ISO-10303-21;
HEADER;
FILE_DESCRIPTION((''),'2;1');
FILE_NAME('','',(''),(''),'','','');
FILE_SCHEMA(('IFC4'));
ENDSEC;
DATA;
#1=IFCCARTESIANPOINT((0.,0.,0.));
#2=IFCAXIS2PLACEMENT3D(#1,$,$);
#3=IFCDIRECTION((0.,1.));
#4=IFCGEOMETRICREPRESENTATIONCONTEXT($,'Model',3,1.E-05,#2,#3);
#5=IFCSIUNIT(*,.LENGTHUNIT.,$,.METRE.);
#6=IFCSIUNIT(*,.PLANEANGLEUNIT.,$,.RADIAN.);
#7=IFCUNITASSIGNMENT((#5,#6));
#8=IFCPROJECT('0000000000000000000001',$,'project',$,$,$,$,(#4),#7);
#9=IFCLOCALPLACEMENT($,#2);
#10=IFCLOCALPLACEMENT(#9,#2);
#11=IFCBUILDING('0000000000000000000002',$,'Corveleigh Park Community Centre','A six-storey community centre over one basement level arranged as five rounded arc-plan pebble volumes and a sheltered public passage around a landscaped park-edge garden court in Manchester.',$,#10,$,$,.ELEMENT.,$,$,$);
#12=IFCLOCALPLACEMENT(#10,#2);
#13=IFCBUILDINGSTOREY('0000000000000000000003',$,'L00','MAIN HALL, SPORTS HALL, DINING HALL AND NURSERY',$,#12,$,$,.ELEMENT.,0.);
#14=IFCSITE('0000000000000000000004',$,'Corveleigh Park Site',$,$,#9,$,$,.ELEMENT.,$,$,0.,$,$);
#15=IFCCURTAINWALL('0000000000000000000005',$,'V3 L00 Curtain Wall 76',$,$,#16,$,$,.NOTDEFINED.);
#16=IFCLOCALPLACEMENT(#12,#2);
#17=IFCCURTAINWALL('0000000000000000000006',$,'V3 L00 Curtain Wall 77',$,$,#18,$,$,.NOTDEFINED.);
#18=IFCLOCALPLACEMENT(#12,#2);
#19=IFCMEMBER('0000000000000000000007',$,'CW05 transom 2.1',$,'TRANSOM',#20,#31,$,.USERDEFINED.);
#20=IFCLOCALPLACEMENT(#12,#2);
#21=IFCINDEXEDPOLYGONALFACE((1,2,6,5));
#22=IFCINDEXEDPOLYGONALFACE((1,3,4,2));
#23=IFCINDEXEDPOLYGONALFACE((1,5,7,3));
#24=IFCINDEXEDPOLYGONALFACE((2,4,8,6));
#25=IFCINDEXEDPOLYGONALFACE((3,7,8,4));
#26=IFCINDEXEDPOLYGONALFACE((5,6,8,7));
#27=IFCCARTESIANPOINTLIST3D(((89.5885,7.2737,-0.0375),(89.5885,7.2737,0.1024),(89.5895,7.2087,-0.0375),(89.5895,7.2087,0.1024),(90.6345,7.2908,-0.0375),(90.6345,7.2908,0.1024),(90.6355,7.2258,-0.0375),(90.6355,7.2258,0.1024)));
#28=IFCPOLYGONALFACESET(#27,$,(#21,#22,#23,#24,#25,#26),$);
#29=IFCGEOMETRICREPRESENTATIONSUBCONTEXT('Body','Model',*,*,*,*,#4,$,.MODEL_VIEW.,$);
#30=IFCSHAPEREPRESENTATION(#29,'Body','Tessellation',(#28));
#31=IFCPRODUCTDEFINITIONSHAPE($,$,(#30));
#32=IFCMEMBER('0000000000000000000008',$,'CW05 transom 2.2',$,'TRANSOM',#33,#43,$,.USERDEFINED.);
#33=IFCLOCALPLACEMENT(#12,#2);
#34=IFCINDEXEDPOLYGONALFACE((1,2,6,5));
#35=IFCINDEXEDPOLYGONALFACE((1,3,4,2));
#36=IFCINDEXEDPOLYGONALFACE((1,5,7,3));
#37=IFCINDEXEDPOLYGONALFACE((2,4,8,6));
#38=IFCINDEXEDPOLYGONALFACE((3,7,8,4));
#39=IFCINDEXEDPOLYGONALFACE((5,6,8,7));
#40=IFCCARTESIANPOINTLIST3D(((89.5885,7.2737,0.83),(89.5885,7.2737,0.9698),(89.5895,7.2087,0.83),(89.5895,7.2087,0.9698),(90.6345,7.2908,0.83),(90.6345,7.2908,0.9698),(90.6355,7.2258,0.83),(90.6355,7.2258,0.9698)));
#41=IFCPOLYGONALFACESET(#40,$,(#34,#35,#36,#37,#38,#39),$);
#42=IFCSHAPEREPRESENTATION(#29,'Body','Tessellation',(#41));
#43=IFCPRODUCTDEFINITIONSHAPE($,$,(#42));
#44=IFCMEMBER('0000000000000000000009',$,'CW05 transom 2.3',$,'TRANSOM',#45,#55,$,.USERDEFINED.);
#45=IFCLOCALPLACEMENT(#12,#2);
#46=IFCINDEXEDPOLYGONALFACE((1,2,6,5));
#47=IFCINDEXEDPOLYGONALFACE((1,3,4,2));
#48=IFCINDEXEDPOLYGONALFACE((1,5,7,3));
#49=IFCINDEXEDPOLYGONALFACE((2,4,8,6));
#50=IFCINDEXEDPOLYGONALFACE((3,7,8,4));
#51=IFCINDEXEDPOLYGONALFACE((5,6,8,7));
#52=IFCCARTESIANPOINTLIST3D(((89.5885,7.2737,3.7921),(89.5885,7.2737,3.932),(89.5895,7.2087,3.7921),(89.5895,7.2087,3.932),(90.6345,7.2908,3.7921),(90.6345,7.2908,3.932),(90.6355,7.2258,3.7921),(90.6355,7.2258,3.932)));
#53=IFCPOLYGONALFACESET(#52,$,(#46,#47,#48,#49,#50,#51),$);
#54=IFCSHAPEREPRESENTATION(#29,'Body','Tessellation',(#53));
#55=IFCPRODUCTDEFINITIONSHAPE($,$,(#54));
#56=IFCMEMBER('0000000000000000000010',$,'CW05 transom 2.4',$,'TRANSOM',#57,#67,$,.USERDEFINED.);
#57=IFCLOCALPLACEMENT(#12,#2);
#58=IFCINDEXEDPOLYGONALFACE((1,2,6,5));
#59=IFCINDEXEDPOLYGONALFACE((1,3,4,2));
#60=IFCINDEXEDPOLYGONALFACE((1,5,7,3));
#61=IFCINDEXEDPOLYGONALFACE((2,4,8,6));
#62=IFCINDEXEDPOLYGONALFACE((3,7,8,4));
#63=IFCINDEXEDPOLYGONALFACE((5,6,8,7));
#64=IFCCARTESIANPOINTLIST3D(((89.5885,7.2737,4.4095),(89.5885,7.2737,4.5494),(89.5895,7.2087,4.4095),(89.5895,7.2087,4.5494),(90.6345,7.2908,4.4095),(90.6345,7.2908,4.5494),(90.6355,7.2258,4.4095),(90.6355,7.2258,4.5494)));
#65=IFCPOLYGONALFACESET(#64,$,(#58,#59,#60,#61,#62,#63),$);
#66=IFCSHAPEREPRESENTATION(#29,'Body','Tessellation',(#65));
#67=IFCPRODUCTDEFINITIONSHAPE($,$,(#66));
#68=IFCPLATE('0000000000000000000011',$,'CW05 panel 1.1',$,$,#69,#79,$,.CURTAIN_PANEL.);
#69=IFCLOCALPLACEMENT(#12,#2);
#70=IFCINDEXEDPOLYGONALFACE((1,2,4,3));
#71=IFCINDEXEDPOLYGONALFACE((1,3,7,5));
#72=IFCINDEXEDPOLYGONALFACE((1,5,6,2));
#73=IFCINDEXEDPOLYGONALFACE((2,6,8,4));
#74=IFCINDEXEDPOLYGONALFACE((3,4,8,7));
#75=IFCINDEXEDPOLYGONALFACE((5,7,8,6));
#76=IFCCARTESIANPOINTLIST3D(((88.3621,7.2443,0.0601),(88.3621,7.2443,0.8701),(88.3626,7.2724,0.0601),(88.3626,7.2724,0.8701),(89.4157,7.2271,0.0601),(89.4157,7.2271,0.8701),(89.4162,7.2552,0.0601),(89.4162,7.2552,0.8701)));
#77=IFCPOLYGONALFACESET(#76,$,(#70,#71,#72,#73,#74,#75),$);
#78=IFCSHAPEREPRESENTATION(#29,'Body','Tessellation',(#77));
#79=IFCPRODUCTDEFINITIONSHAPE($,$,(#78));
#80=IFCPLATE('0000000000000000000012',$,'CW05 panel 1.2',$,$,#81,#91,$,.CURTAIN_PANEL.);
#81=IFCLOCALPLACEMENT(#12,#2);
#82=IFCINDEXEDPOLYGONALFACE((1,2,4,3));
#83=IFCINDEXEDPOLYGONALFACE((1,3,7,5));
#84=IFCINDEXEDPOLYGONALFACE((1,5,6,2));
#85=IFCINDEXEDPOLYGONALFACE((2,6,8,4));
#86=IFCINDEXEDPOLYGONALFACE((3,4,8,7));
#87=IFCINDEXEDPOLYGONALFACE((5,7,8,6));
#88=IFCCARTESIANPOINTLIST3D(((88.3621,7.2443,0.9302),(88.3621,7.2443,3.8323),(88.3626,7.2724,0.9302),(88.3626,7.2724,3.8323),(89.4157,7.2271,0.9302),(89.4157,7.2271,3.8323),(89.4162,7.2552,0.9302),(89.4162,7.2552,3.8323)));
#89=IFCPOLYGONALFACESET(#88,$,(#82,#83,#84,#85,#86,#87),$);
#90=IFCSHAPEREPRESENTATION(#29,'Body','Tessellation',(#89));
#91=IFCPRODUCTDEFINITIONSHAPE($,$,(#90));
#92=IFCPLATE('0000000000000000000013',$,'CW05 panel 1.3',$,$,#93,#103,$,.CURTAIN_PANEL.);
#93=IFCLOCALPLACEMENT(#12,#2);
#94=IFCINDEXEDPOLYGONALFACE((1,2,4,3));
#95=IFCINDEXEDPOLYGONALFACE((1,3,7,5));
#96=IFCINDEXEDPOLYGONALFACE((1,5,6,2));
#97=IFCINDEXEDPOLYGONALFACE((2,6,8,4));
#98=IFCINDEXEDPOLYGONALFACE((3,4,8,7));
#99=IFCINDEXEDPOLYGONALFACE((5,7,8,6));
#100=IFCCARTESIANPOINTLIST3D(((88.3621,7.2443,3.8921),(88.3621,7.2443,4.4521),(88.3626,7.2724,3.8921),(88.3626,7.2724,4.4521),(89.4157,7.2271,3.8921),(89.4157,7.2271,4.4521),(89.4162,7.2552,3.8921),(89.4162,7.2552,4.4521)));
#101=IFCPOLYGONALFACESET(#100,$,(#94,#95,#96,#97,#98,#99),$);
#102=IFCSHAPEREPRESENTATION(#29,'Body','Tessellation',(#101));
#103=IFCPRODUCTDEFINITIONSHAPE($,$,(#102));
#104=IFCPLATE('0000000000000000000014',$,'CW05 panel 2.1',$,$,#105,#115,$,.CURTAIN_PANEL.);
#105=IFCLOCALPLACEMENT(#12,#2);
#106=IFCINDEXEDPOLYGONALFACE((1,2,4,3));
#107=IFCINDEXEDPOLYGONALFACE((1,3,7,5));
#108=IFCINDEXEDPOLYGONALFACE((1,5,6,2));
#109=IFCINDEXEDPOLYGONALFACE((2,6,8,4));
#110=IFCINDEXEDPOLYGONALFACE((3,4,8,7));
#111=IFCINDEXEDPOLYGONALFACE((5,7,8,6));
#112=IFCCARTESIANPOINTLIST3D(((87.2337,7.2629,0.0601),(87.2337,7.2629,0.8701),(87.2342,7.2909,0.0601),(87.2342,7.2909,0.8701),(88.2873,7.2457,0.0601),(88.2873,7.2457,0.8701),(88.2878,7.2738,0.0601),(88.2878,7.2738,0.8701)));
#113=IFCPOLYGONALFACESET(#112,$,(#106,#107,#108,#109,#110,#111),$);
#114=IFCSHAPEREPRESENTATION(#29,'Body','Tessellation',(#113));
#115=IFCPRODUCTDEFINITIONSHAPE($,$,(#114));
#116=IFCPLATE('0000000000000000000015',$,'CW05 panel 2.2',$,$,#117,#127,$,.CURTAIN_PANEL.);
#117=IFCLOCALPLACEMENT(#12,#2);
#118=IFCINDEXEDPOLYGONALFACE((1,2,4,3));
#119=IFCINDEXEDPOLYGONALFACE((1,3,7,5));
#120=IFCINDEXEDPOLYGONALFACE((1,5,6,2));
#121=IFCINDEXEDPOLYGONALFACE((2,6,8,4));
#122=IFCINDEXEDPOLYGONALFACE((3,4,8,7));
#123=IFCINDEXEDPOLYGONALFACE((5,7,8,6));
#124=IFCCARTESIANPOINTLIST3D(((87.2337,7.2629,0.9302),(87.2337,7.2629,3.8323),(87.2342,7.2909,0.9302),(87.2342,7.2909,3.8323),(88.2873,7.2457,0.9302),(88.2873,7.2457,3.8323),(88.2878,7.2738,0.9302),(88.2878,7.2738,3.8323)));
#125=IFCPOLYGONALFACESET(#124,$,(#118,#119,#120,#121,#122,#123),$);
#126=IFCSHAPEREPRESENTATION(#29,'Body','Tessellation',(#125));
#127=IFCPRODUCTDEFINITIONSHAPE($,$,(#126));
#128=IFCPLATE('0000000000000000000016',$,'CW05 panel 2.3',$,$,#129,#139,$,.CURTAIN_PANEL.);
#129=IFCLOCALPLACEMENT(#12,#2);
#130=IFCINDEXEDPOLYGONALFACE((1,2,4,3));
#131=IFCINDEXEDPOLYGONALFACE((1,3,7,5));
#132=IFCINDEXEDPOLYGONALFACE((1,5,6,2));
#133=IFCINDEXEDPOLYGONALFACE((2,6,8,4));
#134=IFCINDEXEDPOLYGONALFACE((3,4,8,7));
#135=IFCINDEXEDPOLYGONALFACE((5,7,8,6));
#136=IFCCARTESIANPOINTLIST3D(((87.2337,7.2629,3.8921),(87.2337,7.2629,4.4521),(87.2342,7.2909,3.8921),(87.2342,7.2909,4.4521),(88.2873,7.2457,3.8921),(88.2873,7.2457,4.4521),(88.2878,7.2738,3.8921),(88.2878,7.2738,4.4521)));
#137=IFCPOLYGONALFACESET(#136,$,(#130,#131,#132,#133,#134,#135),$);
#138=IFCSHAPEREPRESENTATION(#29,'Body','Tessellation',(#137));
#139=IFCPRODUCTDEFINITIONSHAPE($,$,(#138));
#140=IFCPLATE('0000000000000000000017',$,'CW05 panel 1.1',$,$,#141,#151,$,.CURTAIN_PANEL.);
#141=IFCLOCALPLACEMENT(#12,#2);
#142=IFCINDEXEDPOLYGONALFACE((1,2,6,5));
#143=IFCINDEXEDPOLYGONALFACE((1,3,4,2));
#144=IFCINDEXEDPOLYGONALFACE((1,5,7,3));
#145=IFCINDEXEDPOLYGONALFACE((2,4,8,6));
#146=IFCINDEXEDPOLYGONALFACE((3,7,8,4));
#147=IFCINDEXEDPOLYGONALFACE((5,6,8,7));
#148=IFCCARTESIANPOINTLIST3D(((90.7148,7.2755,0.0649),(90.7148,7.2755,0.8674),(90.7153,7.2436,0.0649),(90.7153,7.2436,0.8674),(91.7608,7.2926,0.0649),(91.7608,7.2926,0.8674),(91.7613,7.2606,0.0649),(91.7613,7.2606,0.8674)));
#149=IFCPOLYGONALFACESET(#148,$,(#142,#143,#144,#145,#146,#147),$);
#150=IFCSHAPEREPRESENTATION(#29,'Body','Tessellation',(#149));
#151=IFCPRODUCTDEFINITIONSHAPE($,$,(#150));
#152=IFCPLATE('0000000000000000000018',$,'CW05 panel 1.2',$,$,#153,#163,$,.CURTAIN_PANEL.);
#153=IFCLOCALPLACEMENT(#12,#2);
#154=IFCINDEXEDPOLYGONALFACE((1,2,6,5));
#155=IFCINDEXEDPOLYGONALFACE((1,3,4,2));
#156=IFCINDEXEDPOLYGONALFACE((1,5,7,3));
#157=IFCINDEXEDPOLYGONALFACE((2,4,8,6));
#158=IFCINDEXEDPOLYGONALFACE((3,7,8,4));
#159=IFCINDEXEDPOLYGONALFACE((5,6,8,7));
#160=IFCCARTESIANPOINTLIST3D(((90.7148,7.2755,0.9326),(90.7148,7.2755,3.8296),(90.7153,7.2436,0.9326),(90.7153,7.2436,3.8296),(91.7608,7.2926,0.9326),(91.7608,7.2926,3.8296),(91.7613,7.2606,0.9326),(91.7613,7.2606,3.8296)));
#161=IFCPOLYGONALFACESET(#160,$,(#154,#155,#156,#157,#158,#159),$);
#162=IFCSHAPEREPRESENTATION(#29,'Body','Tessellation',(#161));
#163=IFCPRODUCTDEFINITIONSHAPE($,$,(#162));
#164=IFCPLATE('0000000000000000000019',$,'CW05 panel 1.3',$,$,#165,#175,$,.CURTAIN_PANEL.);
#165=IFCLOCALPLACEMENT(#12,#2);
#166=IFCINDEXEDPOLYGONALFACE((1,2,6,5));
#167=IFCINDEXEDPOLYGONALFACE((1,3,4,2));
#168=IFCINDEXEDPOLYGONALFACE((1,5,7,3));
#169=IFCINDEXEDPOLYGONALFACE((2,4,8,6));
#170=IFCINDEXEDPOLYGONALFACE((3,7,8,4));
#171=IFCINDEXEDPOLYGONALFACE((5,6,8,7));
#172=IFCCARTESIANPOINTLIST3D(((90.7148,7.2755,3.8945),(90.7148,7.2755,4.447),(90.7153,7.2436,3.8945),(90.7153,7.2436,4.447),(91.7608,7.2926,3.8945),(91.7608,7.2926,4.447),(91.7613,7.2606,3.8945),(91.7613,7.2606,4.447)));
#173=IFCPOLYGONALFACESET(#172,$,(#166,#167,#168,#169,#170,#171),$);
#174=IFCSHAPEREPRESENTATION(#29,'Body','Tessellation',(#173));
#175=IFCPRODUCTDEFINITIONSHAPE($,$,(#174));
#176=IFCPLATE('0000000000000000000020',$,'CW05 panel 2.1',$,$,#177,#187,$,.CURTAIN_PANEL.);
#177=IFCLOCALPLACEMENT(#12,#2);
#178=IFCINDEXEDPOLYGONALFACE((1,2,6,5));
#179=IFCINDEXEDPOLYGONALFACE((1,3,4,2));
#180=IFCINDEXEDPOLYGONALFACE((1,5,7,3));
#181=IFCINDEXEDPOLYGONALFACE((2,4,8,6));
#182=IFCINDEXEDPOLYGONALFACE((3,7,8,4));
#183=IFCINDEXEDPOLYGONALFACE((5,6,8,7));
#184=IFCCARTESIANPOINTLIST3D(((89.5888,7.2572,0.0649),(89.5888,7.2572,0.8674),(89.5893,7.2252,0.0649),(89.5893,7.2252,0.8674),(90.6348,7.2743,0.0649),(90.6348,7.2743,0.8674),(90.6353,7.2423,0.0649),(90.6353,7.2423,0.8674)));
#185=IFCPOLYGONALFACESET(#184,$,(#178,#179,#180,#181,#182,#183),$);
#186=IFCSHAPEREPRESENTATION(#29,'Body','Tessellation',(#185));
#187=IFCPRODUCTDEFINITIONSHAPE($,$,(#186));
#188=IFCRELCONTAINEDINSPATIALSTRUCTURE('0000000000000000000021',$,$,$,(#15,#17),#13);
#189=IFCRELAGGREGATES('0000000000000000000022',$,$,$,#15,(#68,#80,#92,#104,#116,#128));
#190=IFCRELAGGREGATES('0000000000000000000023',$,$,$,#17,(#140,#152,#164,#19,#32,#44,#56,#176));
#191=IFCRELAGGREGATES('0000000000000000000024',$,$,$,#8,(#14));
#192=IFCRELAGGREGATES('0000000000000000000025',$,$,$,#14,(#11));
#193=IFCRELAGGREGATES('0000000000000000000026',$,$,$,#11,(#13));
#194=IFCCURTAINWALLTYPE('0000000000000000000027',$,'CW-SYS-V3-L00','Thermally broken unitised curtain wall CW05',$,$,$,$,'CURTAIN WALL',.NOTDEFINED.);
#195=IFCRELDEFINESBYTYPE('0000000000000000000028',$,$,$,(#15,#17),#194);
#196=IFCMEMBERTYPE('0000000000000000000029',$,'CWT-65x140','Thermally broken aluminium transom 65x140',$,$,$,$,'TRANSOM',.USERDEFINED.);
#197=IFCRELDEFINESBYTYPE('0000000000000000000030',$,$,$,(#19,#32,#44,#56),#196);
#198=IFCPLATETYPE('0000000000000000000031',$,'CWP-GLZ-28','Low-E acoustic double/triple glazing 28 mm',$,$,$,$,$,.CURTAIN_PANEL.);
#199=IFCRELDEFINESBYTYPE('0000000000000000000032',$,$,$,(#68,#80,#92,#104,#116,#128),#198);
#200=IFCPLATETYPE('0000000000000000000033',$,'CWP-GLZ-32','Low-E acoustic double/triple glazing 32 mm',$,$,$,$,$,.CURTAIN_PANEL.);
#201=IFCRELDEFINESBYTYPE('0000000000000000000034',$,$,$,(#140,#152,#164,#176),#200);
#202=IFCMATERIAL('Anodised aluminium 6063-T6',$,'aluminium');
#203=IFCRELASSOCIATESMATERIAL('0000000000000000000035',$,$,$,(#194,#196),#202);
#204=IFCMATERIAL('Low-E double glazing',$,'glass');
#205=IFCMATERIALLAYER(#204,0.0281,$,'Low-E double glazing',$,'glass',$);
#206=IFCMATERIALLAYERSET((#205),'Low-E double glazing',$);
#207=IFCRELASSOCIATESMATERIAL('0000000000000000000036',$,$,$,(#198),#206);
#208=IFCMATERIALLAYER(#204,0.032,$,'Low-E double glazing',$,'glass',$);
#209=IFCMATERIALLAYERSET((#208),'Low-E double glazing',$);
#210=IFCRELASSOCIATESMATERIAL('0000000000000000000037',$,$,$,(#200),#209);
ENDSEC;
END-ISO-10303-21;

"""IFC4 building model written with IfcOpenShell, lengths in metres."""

from ifc_helpers import new_model, si_unit, direction, frame, origin, origin_2d, place, context, subcontext, project, spatial, rectangle, extrude, material, layer, layer_set, material_profile, profile_set, type_object, element, aggregate, save


model = new_model("IFC4")

# Units and contexts
model_context = context("Model", 3, precision=1e-05, world=origin(), true_north=direction((0.0, 1.0)))
body_context = subcontext(model_context, "Body", "Model", "MODEL_VIEW")
ifc_project = project(units=[si_unit("LENGTHUNIT", "METRE"), si_unit("PLANEANGLEUNIT", "RADIAN")], contexts=[model_context])

# Site, building, storey
site_placement = place(None, origin())
site = spatial("IfcSite", under=ifc_project, at=site_placement, Name="Corveleigh Park Site", CompositionType="ELEMENT", RefElevation=0.0)
building_placement = place(site_placement, origin())
building = spatial("IfcBuilding", under=site, at=building_placement, Name="Corveleigh Park Community Centre", Description="A six-storey community centre over one basement level arranged as five rounded arc-plan pebble volumes and a sheltered public passage around a landscaped park-edge garden court in Manchester.", CompositionType="ELEMENT")
storey_placement = place(building_placement, origin())
storey = spatial("IfcBuildingStorey", under=building, at=storey_placement, Name="L00", Description="MAIN HALL, SPORTS HALL, DINING HALL AND NURSERY", CompositionType="ELEMENT", Elevation=0.0)

# Curtain walls
ifc_material_1 = material(Name="Anodised aluminium 6063-T6", Category="aluminium")
curtain_wall_type = type_object("IfcCurtainWallType", Name="CW-SYS-V3-L00", Description="Thermally broken unitised curtain wall CW05", ElementType="CURTAIN WALL", PredefinedType="NOTDEFINED", material=ifc_material_1)
curtain_wall_1_placement = place(storey_placement, origin())
curtain_wall_1 = element("IfcCurtainWall", 1, at=curtain_wall_1_placement, inside=storey, type_object=curtain_wall_type, Name="V3 L00 Curtain Wall 76", PredefinedType="NOTDEFINED")
curtain_wall_2_placement = place(storey_placement, origin())
curtain_wall_2 = element("IfcCurtainWall", 2, at=curtain_wall_2_placement, inside=storey, type_object=curtain_wall_type, Name="V3 L00 Curtain Wall 77", PredefinedType="NOTDEFINED")

# Members
ifc_material_profile_1 = material_profile(ifc_material_1, rectangle(XDim=0.0649, YDim=0.1399, at=origin_2d()), Name="ALU-T65x140", Category="aluminium")
ifc_profile_set_1 = profile_set([ifc_material_profile_1], Name="Anodised aluminium 6063-T6")
member_type_1 = type_object("IfcMemberType", Name="CWT-65x140", Description="Thermally broken aluminium transom 65x140", ElementType="TRANSOM", PredefinedType="USERDEFINED", material=ifc_profile_set_1)
member_1_placement = place(storey_placement, frame((90.635, 7.2583, 0.0325), z_axis=(-0.999867, -0.016338, 0.0), x_axis=(0.016338, -0.999867, 0.0)))
member_1 = element("IfcMember", 3, at=member_1_placement, type_object=member_type_1, Name="CW05 transom 2.1", ObjectType="TRANSOM", PredefinedType="USERDEFINED", context=body_context, shape_type="SweptSolid", body=[
    extrude(rectangle(XDim=0.0649, YDim=0.1399, at=origin_2d()), origin(), (0.0, 0.0, 1.0), 1.0461),
])
member_2_placement = place(storey_placement, frame((90.635, 7.2583, 0.8999), z_axis=(-0.999867, -0.016338, 0.0), x_axis=(0.016338, -0.999867, 0.0)))
member_2 = element("IfcMember", 4, at=member_2_placement, type_object=member_type_1, Name="CW05 transom 2.2", ObjectType="TRANSOM", PredefinedType="USERDEFINED", context=body_context, shape_type="SweptSolid", body=[
    extrude(rectangle(XDim=0.0649, YDim=0.1399, at=origin_2d()), origin(), (0.0, 0.0, 1.0), 1.0461),
])
member_3_placement = place(storey_placement, frame((90.635, 7.2583, 3.8621), z_axis=(-0.999867, -0.016338, 0.0), x_axis=(0.016338, -0.999867, 0.0)))
member_3 = element("IfcMember", 5, at=member_3_placement, type_object=member_type_1, Name="CW05 transom 2.3", ObjectType="TRANSOM", PredefinedType="USERDEFINED", context=body_context, shape_type="SweptSolid", body=[
    extrude(rectangle(XDim=0.0649, YDim=0.1399, at=origin_2d()), origin(), (0.0, 0.0, 1.0), 1.0461),
])
member_4_placement = place(storey_placement, frame((90.635, 7.2583, 4.4795), z_axis=(-0.999867, -0.016338, 0.0), x_axis=(0.016338, -0.999867, 0.0)))
member_4 = element("IfcMember", 6, at=member_4_placement, type_object=member_type_1, Name="CW05 transom 2.4", ObjectType="TRANSOM", PredefinedType="USERDEFINED", context=body_context, shape_type="SweptSolid", body=[
    extrude(rectangle(XDim=0.0649, YDim=0.1399, at=origin_2d()), origin(), (0.0, 0.0, 1.0), 1.0461),
])

# Plates
ifc_material_2 = material(Name="Low-E double glazing", Category="glass")
ifc_layer_1 = layer(ifc_material_2, 0.0281, Name="Low-E double glazing", Category="glass")
ifc_layer_set_1 = layer_set([ifc_layer_1], Name="Low-E double glazing")
plate_type_1 = type_object("IfcPlateType", Name="CWP-GLZ-28", Description="Low-E acoustic double/triple glazing 28 mm", PredefinedType="CURTAIN_PANEL", material=ifc_layer_set_1)
plate_1_placement = place(storey_placement, frame((88.8892, 7.2498, 0.0601), z_axis=(0.0, 0.0, 1.0), x_axis=(-0.999867, 0.016293, 0.0)))
plate_1 = element("IfcPlate", 7, at=plate_1_placement, type_object=plate_type_1, Name="CW05 panel 1.1", PredefinedType="CURTAIN_PANEL", context=body_context, shape_type="SweptSolid", body=[
    extrude(rectangle(XDim=1.0537, YDim=0.0281, at=origin_2d()), origin(), (0.0, 0.0, 1.0), 0.8101),
])
plate_2_placement = place(storey_placement, frame((88.8892, 7.2498, 0.9302), z_axis=(0.0, 0.0, 1.0), x_axis=(-0.999867, 0.016293, 0.0)))
plate_2 = element("IfcPlate", 8, at=plate_2_placement, type_object=plate_type_1, Name="CW05 panel 1.2", PredefinedType="CURTAIN_PANEL", context=body_context, shape_type="SweptSolid", body=[
    extrude(rectangle(XDim=1.0537, YDim=0.0281, at=origin_2d()), origin(), (0.0, 0.0, 1.0), 2.9021),
])
plate_3_placement = place(storey_placement, frame((88.8892, 7.2498, 3.8921), z_axis=(0.0, 0.0, 1.0), x_axis=(-0.999867, 0.016293, 0.0)))
plate_3 = element("IfcPlate", 9, at=plate_3_placement, type_object=plate_type_1, Name="CW05 panel 1.3", PredefinedType="CURTAIN_PANEL", context=body_context, shape_type="SweptSolid", body=[
    extrude(rectangle(XDim=1.0537, YDim=0.0281, at=origin_2d()), origin(), (0.0, 0.0, 1.0), 0.5601),
])
plate_4_placement = place(storey_placement, frame((87.7607, 7.2683, 0.0601), z_axis=(0.0, 0.0, 1.0), x_axis=(-0.999867, 0.016293, 0.0)))
plate_4 = element("IfcPlate", 10, at=plate_4_placement, type_object=plate_type_1, Name="CW05 panel 2.1", PredefinedType="CURTAIN_PANEL", context=body_context, shape_type="SweptSolid", body=[
    extrude(rectangle(XDim=1.0537, YDim=0.0281, at=origin_2d()), origin(), (0.0, 0.0, 1.0), 0.8101),
])
plate_5_placement = place(storey_placement, frame((87.7607, 7.2683, 0.9302), z_axis=(0.0, 0.0, 1.0), x_axis=(-0.999867, 0.016293, 0.0)))
plate_5 = element("IfcPlate", 11, at=plate_5_placement, type_object=plate_type_1, Name="CW05 panel 2.2", PredefinedType="CURTAIN_PANEL", context=body_context, shape_type="SweptSolid", body=[
    extrude(rectangle(XDim=1.0537, YDim=0.0281, at=origin_2d()), origin(), (0.0, 0.0, 1.0), 2.9021),
])
plate_6_placement = place(storey_placement, frame((87.7607, 7.2683, 3.8921), z_axis=(0.0, 0.0, 1.0), x_axis=(-0.999867, 0.016293, 0.0)))
plate_6 = element("IfcPlate", 12, at=plate_6_placement, type_object=plate_type_1, Name="CW05 panel 2.3", PredefinedType="CURTAIN_PANEL", context=body_context, shape_type="SweptSolid", body=[
    extrude(rectangle(XDim=1.0537, YDim=0.0281, at=origin_2d()), origin(), (0.0, 0.0, 1.0), 0.5601),
])
aggregate(curtain_wall_1, [plate_1, plate_2, plate_3, plate_4, plate_5, plate_6])
ifc_layer_2 = layer(ifc_material_2, 0.032, Name="Low-E double glazing", Category="glass")
ifc_layer_set_2 = layer_set([ifc_layer_2], Name="Low-E double glazing")
plate_type_2 = type_object("IfcPlateType", Name="CWP-GLZ-32", Description="Low-E acoustic double/triple glazing 32 mm", PredefinedType="CURTAIN_PANEL", material=ifc_layer_set_2)
plate_7_placement = place(storey_placement, frame((91.238, 7.2681, 0.0649), z_axis=(0.0, 0.0, 1.0), x_axis=(-0.999867, -0.016293, 0.0)))
plate_7 = element("IfcPlate", 13, at=plate_7_placement, type_object=plate_type_2, Name="CW05 panel 1.1", PredefinedType="CURTAIN_PANEL", context=body_context, shape_type="SweptSolid", body=[
    extrude(rectangle(XDim=1.0461, YDim=0.032, at=origin_2d()), origin(), (0.0, 0.0, 1.0), 0.8025),
])
plate_8_placement = place(storey_placement, frame((91.238, 7.2681, 0.9326), z_axis=(0.0, 0.0, 1.0), x_axis=(-0.999867, -0.016293, 0.0)))
plate_8 = element("IfcPlate", 14, at=plate_8_placement, type_object=plate_type_2, Name="CW05 panel 1.2", PredefinedType="CURTAIN_PANEL", context=body_context, shape_type="SweptSolid", body=[
    extrude(rectangle(XDim=1.0461, YDim=0.032, at=origin_2d()), origin(), (0.0, 0.0, 1.0), 2.897),
])
plate_9_placement = place(storey_placement, frame((91.238, 7.2681, 3.8945), z_axis=(0.0, 0.0, 1.0), x_axis=(-0.999867, -0.016293, 0.0)))
plate_9 = element("IfcPlate", 15, at=plate_9_placement, type_object=plate_type_2, Name="CW05 panel 1.3", PredefinedType="CURTAIN_PANEL", context=body_context, shape_type="SweptSolid", body=[
    extrude(rectangle(XDim=1.0461, YDim=0.032, at=origin_2d()), origin(), (0.0, 0.0, 1.0), 0.5525),
])
plate_10_placement = place(storey_placement, frame((90.1121, 7.2498, 0.0649), z_axis=(0.0, 0.0, 1.0), x_axis=(-0.999867, -0.016293, 0.0)))
plate_10 = element("IfcPlate", 16, at=plate_10_placement, type_object=plate_type_2, Name="CW05 panel 2.1", PredefinedType="CURTAIN_PANEL", context=body_context, shape_type="SweptSolid", body=[
    extrude(rectangle(XDim=1.0461, YDim=0.032, at=origin_2d()), origin(), (0.0, 0.0, 1.0), 0.8025),
])
aggregate(curtain_wall_2, [plate_7, plate_8, plate_9, member_1, member_2, member_3, member_4, plate_10])

save(model, "model.ifc")
